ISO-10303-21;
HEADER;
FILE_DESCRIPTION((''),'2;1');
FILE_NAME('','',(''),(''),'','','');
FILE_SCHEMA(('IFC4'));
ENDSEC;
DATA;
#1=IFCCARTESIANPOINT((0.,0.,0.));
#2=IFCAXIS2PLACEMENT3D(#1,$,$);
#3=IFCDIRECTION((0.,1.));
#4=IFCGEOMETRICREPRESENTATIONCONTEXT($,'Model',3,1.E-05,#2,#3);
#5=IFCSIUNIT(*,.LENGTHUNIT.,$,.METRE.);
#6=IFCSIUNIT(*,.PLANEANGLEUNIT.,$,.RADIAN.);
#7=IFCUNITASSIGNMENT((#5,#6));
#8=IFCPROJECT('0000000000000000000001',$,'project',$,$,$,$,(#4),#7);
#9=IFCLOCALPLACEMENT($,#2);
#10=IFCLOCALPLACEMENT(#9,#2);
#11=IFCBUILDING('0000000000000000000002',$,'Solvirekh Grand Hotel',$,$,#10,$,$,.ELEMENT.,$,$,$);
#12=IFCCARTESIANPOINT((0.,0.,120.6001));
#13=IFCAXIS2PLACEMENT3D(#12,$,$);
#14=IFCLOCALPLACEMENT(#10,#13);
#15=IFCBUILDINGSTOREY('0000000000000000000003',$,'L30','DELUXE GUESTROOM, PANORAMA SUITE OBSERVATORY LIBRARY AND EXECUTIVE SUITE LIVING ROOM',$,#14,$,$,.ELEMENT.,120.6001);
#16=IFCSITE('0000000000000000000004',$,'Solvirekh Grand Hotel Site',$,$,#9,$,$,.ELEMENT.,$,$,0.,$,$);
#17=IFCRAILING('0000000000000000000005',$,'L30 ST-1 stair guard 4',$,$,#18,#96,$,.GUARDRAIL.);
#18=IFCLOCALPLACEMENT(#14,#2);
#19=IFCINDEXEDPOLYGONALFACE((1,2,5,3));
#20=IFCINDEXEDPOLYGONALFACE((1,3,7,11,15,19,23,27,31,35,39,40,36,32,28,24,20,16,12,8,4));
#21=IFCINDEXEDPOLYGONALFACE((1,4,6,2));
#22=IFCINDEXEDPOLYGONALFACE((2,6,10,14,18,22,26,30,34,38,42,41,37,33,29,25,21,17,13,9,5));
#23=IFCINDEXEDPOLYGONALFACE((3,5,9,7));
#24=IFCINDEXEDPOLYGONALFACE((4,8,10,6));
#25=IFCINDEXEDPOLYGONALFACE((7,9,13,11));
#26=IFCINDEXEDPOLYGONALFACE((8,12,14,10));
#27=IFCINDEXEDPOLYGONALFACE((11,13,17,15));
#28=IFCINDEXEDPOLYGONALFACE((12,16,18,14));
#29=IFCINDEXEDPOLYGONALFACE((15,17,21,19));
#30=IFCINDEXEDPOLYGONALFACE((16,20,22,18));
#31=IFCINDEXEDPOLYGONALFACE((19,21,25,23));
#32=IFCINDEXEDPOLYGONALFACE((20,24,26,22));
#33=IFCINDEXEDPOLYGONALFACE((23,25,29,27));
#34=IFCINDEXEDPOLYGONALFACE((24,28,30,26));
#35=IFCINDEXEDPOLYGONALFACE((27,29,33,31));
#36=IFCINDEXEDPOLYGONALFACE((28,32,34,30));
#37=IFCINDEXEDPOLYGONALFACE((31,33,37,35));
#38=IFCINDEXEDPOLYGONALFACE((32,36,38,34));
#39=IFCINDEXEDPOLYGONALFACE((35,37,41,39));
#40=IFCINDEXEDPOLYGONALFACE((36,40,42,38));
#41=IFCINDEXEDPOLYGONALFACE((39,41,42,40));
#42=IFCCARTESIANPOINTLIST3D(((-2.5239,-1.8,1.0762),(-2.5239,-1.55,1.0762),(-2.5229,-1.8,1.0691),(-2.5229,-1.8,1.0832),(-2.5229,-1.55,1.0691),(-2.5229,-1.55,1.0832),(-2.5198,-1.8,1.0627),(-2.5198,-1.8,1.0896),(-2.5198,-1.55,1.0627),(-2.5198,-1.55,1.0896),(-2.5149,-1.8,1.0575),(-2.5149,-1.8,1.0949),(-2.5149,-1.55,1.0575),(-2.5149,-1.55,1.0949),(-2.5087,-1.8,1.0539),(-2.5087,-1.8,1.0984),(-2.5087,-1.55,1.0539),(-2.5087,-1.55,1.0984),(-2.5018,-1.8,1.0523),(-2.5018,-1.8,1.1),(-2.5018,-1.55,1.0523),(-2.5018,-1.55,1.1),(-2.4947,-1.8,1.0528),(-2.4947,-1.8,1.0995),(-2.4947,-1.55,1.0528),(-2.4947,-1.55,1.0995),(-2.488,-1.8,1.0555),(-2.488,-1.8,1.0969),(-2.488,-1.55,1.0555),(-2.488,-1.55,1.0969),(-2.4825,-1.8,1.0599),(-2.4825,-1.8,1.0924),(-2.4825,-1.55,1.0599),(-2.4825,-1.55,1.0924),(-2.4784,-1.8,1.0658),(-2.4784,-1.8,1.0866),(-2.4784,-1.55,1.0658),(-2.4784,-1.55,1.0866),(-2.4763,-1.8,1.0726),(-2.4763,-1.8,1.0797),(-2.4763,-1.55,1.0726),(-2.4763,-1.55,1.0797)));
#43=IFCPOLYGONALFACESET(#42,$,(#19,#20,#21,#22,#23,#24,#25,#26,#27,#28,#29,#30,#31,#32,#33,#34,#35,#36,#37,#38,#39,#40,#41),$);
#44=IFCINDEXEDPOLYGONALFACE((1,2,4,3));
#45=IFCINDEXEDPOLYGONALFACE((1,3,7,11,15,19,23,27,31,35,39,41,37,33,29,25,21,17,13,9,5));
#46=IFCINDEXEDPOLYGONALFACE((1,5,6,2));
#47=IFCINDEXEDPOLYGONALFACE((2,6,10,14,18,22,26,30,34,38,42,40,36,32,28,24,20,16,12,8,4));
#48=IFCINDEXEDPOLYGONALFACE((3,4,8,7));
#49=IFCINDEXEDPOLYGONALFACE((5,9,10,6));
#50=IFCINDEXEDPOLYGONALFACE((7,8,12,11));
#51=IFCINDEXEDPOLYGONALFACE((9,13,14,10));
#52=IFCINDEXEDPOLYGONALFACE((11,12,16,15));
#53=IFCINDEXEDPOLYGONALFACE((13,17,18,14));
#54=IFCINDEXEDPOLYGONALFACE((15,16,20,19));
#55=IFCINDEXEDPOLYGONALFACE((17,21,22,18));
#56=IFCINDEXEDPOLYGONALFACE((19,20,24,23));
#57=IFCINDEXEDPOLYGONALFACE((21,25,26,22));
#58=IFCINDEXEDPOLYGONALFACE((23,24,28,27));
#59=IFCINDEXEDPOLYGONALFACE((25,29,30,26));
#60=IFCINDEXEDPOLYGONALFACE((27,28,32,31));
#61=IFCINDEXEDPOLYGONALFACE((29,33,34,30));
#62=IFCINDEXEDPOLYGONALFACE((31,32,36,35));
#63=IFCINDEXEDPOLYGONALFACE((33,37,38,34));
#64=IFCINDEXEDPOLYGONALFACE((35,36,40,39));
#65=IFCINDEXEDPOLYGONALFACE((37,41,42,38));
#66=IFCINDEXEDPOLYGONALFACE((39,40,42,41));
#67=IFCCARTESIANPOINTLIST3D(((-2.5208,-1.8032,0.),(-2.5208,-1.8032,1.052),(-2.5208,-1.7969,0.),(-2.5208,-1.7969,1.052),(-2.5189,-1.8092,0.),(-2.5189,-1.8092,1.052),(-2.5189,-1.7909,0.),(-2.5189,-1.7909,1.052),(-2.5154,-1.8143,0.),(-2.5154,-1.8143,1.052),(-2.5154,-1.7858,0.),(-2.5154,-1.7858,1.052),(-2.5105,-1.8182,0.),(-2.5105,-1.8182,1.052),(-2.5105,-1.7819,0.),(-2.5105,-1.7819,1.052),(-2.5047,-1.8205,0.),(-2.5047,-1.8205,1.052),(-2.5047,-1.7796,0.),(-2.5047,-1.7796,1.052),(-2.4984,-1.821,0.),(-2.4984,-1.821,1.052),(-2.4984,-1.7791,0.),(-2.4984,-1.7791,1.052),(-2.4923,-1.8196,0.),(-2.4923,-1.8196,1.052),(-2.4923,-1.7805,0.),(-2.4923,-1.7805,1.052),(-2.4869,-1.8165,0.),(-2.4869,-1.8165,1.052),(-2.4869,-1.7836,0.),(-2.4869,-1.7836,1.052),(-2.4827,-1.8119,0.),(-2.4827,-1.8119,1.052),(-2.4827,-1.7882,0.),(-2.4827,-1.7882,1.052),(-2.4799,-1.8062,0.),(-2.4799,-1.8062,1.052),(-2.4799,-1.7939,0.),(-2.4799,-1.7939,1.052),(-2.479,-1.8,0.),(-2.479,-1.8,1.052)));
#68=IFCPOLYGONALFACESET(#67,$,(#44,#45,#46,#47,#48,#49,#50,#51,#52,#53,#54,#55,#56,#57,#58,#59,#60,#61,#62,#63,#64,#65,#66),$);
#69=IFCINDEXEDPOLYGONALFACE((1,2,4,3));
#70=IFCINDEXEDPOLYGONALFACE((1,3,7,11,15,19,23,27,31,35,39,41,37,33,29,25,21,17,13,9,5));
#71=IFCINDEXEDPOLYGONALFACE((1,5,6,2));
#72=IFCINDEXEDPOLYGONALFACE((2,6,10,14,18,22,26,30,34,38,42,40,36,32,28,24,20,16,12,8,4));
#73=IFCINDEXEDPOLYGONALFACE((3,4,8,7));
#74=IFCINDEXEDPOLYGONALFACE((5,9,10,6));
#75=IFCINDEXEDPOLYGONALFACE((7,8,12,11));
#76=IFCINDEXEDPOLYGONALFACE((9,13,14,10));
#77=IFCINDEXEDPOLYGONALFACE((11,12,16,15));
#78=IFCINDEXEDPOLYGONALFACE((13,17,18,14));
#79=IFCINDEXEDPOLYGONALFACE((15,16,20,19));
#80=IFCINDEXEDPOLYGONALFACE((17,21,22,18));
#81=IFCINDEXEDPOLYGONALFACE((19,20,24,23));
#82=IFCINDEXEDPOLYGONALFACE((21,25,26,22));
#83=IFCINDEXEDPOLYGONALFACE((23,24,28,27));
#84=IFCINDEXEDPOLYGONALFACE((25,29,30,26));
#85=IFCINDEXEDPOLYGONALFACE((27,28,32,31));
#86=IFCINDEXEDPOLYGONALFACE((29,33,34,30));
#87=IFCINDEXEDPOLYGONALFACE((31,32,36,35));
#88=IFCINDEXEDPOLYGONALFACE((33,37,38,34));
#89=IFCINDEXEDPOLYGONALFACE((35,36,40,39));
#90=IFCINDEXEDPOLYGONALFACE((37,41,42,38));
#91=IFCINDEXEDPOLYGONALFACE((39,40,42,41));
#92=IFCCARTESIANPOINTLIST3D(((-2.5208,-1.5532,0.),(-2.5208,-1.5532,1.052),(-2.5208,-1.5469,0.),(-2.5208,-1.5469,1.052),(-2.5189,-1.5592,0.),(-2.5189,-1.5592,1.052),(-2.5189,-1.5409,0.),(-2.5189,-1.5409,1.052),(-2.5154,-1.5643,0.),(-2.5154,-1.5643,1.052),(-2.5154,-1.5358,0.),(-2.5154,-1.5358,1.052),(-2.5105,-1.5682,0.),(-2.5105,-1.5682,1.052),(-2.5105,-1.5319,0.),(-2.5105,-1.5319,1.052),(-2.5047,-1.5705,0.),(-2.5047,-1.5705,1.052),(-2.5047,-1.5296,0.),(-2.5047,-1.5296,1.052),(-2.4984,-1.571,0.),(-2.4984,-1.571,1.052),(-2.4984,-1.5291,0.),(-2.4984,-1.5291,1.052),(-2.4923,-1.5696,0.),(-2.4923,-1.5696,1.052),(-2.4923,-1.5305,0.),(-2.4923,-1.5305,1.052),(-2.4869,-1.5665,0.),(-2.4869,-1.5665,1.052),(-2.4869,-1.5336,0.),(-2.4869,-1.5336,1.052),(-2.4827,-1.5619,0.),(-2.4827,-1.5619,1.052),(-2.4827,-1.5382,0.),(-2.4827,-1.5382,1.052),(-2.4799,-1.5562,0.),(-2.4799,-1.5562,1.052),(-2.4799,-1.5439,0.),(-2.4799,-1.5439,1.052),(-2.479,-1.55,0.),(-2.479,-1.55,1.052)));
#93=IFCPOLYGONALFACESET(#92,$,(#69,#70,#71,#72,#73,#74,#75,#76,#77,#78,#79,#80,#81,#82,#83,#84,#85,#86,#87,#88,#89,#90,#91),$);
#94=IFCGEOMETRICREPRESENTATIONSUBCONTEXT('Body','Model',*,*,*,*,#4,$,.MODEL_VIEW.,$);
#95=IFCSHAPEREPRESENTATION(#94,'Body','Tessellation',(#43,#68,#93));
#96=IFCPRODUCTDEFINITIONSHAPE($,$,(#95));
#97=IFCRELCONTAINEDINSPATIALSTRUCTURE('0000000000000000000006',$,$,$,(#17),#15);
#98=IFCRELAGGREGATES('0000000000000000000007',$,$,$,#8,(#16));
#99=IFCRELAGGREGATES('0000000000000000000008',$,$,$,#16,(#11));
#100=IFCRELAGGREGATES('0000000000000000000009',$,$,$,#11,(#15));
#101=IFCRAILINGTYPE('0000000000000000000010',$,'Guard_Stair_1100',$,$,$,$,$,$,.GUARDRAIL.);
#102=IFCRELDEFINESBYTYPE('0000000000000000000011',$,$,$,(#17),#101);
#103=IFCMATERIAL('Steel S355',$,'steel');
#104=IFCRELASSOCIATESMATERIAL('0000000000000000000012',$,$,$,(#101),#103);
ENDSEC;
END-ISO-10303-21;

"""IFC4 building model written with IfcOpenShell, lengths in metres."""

from ifc_helpers import new_model, si_unit, direction, frame, origin, origin_2d, place, context, subcontext, project, spatial, circle, extrude, material, type_object, element, save


model = new_model("IFC4")

# Units and contexts
model_context = context("Model", 3, precision=1e-05, world=origin(), true_north=direction((0.0, 1.0)))
body_context = subcontext(model_context, "Body", "Model", "MODEL_VIEW")
ifc_project = project(units=[si_unit("LENGTHUNIT", "METRE"), si_unit("PLANEANGLEUNIT", "RADIAN")], contexts=[model_context])

# Site, building, storey
site_placement = place(None, origin())
site = spatial("IfcSite", under=ifc_project, at=site_placement, Name="Solvirekh Grand Hotel Site", CompositionType="ELEMENT", RefElevation=0.0)
building_placement = place(site_placement, origin())
building = spatial("IfcBuilding", under=site, at=building_placement, Name="Solvirekh Grand Hotel", CompositionType="ELEMENT")
storey_placement = place(building_placement, frame((0.0, 0.0, 120.6001)))
storey = spatial("IfcBuildingStorey", under=building, at=storey_placement, Name="L30", Description="DELUXE GUESTROOM, PANORAMA SUITE OBSERVATORY LIBRARY AND EXECUTIVE SUITE LIVING ROOM", CompositionType="ELEMENT", Elevation=120.6001)

# Shared definitions
ifc_material_1 = material(Name="Steel S355", Category="steel")

# Railing
railing_type_1 = type_object("IfcRailingType", Name="Guard_Stair_1100", PredefinedType="GUARDRAIL", material=ifc_material_1)
railing_1_placement = place(storey_placement, frame((-2.5, -1.8, 0.0)))
element("IfcRailing", 1, at=railing_1_placement, inside=storey, type_object=railing_type_1, Name="L30 ST-1 stair guard 4", PredefinedType="GUARDRAIL", context=body_context, shape_type="SweptSolid", body=[
    extrude(circle(Radius=0.0239, at=origin_2d()), frame((0.0, 0.0, 1.0762), z_axis=(0.0, 1.0, 0.0), x_axis=(-1.0, 0.0, 0.0)), (0.0, 0.0, 1.0), 0.25),
    extrude(circle(Radius=0.021, at=origin_2d()), origin(), (0.0, 0.0, 1.0), 1.052),
    extrude(circle(Radius=0.021, at=origin_2d()), frame((0.0, 0.25, 0.0)), (0.0, 0.0, 1.0), 1.052),
])

save(model, "model.ifc")
